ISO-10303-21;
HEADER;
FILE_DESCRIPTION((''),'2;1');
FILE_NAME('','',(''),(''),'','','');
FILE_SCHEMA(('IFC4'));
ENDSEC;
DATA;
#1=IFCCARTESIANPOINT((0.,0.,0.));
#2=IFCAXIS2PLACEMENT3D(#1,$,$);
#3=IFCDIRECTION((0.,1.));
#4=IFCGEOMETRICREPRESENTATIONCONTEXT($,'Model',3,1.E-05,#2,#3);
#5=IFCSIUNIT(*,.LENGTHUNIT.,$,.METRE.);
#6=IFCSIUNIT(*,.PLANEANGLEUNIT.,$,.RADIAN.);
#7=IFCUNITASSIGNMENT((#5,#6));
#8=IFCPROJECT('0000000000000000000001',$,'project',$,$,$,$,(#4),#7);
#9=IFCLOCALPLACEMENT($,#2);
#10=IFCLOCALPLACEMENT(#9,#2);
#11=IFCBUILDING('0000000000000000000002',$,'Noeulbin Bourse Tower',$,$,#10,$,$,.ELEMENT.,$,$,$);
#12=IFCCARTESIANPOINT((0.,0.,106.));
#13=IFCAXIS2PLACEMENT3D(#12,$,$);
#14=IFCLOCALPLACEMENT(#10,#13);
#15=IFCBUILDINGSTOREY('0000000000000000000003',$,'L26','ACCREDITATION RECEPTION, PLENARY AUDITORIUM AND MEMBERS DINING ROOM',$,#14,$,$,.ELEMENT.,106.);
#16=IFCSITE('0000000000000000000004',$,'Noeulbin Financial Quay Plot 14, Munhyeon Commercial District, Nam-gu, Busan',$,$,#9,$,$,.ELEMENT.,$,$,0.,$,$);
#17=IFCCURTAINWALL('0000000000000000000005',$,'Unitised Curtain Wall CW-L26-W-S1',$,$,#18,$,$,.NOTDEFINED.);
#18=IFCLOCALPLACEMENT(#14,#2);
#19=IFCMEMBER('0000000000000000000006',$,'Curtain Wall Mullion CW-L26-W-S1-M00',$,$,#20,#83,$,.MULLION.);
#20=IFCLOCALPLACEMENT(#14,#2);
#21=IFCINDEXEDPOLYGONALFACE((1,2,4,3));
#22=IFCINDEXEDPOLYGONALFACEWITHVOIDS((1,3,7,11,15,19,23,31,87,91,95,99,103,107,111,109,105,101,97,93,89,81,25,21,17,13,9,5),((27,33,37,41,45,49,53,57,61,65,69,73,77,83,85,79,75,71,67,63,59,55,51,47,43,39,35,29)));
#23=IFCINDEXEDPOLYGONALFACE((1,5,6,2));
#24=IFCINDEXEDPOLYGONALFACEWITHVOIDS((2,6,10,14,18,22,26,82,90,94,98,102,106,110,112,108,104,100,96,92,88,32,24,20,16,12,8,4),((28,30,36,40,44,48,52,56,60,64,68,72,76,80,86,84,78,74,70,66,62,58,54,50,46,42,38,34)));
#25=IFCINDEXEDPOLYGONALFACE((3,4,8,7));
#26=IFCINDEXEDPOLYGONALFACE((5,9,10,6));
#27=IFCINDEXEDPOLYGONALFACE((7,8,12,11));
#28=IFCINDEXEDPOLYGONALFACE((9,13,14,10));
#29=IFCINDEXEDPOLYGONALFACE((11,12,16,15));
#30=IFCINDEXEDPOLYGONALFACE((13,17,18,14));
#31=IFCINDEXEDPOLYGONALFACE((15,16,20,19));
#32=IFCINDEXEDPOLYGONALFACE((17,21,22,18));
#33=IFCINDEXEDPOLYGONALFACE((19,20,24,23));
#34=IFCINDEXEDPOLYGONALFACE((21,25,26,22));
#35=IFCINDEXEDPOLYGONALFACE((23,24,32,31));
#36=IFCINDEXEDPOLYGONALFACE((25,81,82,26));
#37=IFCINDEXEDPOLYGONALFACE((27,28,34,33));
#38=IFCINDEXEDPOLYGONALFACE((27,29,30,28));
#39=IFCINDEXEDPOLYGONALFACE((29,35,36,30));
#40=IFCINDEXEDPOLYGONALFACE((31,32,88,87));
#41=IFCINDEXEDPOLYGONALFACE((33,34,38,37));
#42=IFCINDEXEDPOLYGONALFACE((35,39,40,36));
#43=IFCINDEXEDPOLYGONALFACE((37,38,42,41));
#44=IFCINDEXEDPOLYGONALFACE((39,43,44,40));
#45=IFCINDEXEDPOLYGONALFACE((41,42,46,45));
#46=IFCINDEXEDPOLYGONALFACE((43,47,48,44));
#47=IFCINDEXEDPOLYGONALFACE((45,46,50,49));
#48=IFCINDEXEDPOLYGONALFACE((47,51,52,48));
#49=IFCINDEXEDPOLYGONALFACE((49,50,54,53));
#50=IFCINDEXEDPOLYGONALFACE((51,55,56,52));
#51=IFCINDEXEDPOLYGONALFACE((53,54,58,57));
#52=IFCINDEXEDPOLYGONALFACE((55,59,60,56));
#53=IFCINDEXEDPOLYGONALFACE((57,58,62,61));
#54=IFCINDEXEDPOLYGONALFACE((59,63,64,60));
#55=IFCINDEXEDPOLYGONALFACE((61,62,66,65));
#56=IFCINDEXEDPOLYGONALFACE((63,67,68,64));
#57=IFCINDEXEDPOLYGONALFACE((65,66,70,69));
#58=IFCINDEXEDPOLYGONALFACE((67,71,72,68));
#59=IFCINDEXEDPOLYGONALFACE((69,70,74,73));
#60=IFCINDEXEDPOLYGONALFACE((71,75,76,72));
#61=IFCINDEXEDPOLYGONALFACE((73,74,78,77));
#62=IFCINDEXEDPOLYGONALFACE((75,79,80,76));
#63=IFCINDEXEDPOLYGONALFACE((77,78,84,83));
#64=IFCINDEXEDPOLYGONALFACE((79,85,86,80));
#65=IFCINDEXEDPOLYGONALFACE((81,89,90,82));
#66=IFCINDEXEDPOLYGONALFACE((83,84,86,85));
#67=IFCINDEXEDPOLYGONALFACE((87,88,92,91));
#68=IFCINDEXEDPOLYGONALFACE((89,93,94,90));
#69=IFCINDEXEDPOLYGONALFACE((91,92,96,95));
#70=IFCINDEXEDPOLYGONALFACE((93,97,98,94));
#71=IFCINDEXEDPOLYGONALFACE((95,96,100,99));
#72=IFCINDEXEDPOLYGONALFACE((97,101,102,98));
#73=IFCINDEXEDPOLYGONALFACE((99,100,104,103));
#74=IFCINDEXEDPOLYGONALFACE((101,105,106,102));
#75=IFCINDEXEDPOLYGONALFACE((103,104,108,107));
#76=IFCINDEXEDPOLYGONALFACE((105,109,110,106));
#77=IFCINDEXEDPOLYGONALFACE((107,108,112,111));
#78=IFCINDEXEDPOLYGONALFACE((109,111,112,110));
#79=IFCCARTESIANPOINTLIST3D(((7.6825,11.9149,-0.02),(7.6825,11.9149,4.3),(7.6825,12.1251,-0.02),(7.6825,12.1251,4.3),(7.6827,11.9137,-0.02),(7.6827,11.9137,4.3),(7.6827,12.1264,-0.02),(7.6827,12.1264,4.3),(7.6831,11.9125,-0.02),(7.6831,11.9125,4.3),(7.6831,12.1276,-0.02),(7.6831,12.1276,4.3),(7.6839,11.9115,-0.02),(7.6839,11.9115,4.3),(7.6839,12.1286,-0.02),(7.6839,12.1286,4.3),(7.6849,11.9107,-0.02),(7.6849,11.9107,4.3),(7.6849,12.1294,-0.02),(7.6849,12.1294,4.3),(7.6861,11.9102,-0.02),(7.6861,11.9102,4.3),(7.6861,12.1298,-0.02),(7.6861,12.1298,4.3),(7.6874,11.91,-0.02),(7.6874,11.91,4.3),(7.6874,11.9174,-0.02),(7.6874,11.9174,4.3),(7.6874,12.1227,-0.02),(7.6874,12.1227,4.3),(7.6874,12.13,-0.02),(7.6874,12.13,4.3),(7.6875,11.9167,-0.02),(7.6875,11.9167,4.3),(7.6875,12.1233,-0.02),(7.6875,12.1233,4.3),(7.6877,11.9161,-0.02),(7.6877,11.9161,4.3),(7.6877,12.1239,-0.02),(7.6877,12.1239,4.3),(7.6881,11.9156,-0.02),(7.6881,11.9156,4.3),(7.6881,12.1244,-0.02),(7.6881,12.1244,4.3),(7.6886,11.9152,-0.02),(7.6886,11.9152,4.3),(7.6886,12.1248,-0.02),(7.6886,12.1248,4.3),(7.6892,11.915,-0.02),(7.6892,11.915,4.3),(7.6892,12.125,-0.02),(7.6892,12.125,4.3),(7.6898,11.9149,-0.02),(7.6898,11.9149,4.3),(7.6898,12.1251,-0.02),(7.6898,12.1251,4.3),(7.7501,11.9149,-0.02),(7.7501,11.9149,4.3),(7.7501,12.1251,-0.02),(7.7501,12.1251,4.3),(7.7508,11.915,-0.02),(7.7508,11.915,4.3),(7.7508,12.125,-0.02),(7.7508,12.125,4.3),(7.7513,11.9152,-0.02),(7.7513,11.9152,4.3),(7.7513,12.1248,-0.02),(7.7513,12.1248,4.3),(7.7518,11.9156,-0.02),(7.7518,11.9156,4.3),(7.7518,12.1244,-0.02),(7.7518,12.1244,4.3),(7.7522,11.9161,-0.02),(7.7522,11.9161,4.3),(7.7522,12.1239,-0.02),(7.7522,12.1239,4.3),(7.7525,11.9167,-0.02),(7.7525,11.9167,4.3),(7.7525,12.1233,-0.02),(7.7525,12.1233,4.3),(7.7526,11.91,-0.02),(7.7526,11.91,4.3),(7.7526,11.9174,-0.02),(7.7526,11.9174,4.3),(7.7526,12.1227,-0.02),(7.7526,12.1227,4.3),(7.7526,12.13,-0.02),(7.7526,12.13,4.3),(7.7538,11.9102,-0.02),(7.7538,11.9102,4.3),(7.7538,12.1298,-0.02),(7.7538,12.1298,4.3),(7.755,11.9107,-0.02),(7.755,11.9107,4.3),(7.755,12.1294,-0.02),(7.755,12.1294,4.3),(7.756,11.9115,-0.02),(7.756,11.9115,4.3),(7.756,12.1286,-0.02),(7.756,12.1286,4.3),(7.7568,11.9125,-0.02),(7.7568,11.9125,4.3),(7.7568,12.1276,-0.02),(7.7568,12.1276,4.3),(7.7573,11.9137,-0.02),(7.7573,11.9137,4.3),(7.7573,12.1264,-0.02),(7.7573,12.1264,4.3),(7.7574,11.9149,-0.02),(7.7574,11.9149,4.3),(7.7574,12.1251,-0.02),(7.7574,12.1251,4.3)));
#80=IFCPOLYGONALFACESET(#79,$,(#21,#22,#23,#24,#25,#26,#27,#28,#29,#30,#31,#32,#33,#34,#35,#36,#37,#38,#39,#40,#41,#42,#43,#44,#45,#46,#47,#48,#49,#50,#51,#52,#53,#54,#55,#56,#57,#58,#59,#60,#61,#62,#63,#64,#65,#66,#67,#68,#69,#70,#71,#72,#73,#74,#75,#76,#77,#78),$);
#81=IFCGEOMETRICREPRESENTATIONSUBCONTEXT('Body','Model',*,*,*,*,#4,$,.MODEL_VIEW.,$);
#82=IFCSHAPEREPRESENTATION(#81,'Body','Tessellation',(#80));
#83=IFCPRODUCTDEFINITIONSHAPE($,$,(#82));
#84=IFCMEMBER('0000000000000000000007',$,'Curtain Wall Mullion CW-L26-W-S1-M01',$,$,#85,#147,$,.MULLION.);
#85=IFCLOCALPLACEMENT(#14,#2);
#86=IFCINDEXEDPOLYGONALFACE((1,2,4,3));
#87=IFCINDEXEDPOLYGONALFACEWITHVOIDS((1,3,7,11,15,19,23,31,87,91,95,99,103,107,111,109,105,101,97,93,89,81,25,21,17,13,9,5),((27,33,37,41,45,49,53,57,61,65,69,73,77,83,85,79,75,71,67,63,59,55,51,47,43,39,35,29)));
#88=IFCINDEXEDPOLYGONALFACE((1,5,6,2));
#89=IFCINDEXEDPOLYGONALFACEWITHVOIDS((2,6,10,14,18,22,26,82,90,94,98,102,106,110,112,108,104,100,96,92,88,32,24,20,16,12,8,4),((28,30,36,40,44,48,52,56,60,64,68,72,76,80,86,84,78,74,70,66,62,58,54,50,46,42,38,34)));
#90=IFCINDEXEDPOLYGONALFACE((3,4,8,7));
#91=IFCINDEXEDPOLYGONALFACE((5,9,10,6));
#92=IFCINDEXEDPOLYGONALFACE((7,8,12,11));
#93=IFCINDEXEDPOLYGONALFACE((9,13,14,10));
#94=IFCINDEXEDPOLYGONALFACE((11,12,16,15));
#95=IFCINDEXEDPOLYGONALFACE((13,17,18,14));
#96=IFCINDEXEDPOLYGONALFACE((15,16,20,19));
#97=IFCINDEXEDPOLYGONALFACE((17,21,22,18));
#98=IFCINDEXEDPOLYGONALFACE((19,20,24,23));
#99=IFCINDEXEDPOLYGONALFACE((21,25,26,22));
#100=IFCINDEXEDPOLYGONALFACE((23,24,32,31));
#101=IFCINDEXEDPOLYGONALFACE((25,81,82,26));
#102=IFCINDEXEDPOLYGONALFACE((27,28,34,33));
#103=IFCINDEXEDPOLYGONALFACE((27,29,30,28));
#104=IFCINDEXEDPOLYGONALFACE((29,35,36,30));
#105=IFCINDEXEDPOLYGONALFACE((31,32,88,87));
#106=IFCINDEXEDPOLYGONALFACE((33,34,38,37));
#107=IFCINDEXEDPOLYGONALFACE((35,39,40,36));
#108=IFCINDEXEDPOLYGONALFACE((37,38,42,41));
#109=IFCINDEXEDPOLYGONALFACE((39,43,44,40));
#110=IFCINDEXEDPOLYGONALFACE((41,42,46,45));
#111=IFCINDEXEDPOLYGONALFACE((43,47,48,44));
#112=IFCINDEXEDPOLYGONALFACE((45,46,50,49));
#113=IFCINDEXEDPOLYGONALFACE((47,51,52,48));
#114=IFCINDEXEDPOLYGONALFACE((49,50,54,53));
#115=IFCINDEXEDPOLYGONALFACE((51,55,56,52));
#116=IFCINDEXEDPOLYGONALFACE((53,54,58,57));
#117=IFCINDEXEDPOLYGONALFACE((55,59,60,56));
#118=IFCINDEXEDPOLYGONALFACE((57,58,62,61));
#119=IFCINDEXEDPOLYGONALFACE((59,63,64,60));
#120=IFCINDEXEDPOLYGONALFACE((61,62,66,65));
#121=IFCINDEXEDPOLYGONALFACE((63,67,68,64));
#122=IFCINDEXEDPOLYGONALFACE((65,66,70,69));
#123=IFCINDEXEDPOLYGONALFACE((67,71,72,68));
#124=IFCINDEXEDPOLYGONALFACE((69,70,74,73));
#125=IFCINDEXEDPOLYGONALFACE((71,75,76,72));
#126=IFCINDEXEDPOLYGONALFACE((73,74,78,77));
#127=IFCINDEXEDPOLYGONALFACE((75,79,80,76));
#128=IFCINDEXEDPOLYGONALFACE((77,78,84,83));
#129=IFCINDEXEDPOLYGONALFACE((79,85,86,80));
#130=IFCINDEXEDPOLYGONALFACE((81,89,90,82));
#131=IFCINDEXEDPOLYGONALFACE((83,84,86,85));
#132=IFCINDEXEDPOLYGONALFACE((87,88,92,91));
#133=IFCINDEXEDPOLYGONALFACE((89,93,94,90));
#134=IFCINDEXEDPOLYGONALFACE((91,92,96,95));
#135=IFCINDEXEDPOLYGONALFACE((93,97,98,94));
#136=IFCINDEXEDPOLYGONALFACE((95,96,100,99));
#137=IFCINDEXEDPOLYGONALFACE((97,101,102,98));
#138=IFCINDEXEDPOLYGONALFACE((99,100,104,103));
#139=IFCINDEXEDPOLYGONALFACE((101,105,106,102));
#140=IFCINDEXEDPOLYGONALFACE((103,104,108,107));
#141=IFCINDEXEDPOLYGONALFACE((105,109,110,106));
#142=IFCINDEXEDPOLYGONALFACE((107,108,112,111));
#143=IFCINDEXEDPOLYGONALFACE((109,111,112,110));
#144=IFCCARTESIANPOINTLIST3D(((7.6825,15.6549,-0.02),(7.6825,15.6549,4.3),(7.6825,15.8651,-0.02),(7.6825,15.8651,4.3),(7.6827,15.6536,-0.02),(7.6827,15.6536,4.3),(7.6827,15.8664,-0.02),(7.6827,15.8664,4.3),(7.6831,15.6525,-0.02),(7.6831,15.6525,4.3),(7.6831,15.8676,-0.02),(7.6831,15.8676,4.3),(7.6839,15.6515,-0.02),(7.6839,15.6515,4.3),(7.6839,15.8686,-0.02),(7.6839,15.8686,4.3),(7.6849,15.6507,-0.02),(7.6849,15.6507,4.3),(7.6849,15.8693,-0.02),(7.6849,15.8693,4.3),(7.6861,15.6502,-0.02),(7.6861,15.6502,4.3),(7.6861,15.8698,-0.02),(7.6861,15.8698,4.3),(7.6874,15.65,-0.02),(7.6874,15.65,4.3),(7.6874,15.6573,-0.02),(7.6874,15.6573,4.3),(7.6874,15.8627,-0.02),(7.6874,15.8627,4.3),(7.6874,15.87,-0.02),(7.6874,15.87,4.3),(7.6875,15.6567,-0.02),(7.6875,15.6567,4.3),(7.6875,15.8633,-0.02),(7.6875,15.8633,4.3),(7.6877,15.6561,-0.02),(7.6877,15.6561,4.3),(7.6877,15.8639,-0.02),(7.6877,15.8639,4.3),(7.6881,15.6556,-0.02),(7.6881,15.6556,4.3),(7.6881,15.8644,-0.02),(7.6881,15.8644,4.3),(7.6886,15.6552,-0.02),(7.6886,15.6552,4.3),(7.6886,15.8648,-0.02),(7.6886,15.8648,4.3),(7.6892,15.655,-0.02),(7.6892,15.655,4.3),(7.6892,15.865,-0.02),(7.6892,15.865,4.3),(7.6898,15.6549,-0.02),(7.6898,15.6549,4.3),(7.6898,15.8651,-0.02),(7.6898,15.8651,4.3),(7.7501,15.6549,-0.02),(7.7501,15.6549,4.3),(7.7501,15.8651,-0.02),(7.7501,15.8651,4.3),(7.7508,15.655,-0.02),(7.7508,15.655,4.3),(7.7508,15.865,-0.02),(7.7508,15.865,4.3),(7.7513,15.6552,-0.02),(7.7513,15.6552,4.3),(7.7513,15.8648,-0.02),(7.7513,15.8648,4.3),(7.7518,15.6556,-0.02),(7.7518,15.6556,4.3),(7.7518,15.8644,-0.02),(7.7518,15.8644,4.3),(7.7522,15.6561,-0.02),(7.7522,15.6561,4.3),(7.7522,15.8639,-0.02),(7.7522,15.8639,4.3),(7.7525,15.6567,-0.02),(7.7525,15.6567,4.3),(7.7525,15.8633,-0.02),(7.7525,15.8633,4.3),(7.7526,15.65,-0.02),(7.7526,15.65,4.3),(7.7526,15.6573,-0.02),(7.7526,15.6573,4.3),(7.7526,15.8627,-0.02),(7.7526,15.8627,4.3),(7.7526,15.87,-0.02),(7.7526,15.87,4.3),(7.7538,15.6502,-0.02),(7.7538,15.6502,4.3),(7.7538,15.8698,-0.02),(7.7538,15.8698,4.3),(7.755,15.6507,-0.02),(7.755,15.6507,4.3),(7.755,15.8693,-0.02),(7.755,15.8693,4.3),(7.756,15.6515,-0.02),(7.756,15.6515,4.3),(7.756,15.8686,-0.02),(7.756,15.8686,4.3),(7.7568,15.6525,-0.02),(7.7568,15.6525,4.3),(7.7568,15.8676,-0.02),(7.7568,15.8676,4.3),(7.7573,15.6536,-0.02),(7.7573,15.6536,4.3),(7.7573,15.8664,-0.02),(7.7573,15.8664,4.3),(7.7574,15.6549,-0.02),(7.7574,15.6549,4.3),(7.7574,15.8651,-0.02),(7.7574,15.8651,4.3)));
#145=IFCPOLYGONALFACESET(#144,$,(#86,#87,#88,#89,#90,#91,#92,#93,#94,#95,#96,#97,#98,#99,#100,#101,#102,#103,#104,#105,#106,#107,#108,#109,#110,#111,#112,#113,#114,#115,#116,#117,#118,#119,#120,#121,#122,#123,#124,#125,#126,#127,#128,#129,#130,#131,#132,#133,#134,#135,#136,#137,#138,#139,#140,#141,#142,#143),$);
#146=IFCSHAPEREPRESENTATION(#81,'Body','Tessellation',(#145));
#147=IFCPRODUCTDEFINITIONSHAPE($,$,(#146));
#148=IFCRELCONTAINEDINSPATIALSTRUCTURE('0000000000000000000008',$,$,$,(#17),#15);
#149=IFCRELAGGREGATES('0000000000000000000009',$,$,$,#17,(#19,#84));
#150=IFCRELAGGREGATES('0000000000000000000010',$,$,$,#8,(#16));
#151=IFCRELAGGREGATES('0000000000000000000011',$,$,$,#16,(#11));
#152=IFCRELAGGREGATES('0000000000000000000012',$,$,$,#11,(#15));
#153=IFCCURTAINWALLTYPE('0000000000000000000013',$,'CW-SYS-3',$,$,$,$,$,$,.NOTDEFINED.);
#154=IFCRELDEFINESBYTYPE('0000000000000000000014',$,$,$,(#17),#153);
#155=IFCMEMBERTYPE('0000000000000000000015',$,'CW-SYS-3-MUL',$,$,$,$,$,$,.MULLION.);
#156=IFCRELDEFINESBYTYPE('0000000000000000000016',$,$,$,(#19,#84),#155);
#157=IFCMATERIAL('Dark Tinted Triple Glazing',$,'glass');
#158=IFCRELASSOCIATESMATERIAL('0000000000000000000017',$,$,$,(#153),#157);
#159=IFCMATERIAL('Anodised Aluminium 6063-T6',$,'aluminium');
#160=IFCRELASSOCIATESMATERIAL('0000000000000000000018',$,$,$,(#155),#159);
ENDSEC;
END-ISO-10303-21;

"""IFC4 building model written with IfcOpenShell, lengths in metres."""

from ifc_helpers import new_model, si_unit, direction, frame, origin, origin_2d, place, context, subcontext, project, spatial, hollow_rectangle, extrude, material, material_profile, profile_set, type_object, element, aggregate, save


model = new_model("IFC4")

# Units and contexts
model_context = context("Model", 3, precision=1e-05, world=origin(), true_north=direction((0.0, 1.0)))
body_context = subcontext(model_context, "Body", "Model", "MODEL_VIEW")
ifc_project = project(units=[si_unit("LENGTHUNIT", "METRE"), si_unit("PLANEANGLEUNIT", "RADIAN")], contexts=[model_context])

# Site, building, storey
site_placement = place(None, origin())
site = spatial("IfcSite", under=ifc_project, at=site_placement, Name="Noeulbin Financial Quay Plot 14, Munhyeon Commercial District, Nam-gu, Busan", CompositionType="ELEMENT", RefElevation=0.0)
building_placement = place(site_placement, origin())
building = spatial("IfcBuilding", under=site, at=building_placement, Name="Noeulbin Bourse Tower", CompositionType="ELEMENT")
storey_placement = place(building_placement, frame((0.0, 0.0, 106.0)))
storey = spatial("IfcBuildingStorey", under=building, at=storey_placement, Name="L26", Description="ACCREDITATION RECEPTION, PLENARY AUDITORIUM AND MEMBERS DINING ROOM", CompositionType="ELEMENT", Elevation=106.0)

# Curtain wall, members
ifc_material_1 = material(Name="Dark Tinted Triple Glazing", Category="glass")
curtain_wall_type = type_object("IfcCurtainWallType", Name="CW-SYS-3", PredefinedType="NOTDEFINED", material=ifc_material_1)
curtain_wall_1_placement = place(storey_placement, origin())
curtain_wall_1 = element("IfcCurtainWall", 1, at=curtain_wall_1_placement, inside=storey, type_object=curtain_wall_type, Name="Unitised Curtain Wall CW-L26-W-S1", PredefinedType="NOTDEFINED")
ifc_material_2 = material(Name="Anodised Aluminium 6063-T6", Category="aluminium")
ifc_material_profile_1 = material_profile(ifc_material_2, hollow_rectangle(XDim=0.075, YDim=0.22, WallThickness=0.0049, InnerFilletRadius=0.0024, OuterFilletRadius=0.0049, at=origin_2d()), Name="ALU-MULL-75x220x5", Category="LoadBearing")
ifc_profile_set_1 = profile_set([ifc_material_profile_1], Name="Anodised Aluminium 6063-T6")
member_type_1 = type_object("IfcMemberType", Name="CW-SYS-3-MUL", PredefinedType="MULLION", material=ifc_profile_set_1)
member_1_placement = place(storey_placement, frame((7.72, 12.02, -0.02), z_axis=(0.0, 0.0, 1.0), x_axis=(1.0, 0.0, 0.0)))
member_1 = element("IfcMember", 2, at=member_1_placement, type_object=member_type_1, Name="Curtain Wall Mullion CW-L26-W-S1-M00", PredefinedType="MULLION", context=body_context, shape_type="SweptSolid", body=[
    extrude(hollow_rectangle(XDim=0.075, YDim=0.22, WallThickness=0.0049, InnerFilletRadius=0.0024, OuterFilletRadius=0.0049, at=origin_2d()), origin(), (0.0, 0.0, 1.0), 4.3201),
])
member_2_placement = place(storey_placement, frame((7.72, 15.76, -0.02), z_axis=(0.0, 0.0, 1.0), x_axis=(1.0, 0.0, 0.0)))
member_2 = element("IfcMember", 3, at=member_2_placement, type_object=member_type_1, Name="Curtain Wall Mullion CW-L26-W-S1-M01", PredefinedType="MULLION", context=body_context, shape_type="SweptSolid", body=[
    extrude(hollow_rectangle(XDim=0.075, YDim=0.22, WallThickness=0.0049, InnerFilletRadius=0.0024, OuterFilletRadius=0.0049, at=origin_2d()), origin(), (0.0, 0.0, 1.0), 4.3201),
])

aggregate(curtain_wall_1, [member_1, member_2])

save(model, "model.ifc")
